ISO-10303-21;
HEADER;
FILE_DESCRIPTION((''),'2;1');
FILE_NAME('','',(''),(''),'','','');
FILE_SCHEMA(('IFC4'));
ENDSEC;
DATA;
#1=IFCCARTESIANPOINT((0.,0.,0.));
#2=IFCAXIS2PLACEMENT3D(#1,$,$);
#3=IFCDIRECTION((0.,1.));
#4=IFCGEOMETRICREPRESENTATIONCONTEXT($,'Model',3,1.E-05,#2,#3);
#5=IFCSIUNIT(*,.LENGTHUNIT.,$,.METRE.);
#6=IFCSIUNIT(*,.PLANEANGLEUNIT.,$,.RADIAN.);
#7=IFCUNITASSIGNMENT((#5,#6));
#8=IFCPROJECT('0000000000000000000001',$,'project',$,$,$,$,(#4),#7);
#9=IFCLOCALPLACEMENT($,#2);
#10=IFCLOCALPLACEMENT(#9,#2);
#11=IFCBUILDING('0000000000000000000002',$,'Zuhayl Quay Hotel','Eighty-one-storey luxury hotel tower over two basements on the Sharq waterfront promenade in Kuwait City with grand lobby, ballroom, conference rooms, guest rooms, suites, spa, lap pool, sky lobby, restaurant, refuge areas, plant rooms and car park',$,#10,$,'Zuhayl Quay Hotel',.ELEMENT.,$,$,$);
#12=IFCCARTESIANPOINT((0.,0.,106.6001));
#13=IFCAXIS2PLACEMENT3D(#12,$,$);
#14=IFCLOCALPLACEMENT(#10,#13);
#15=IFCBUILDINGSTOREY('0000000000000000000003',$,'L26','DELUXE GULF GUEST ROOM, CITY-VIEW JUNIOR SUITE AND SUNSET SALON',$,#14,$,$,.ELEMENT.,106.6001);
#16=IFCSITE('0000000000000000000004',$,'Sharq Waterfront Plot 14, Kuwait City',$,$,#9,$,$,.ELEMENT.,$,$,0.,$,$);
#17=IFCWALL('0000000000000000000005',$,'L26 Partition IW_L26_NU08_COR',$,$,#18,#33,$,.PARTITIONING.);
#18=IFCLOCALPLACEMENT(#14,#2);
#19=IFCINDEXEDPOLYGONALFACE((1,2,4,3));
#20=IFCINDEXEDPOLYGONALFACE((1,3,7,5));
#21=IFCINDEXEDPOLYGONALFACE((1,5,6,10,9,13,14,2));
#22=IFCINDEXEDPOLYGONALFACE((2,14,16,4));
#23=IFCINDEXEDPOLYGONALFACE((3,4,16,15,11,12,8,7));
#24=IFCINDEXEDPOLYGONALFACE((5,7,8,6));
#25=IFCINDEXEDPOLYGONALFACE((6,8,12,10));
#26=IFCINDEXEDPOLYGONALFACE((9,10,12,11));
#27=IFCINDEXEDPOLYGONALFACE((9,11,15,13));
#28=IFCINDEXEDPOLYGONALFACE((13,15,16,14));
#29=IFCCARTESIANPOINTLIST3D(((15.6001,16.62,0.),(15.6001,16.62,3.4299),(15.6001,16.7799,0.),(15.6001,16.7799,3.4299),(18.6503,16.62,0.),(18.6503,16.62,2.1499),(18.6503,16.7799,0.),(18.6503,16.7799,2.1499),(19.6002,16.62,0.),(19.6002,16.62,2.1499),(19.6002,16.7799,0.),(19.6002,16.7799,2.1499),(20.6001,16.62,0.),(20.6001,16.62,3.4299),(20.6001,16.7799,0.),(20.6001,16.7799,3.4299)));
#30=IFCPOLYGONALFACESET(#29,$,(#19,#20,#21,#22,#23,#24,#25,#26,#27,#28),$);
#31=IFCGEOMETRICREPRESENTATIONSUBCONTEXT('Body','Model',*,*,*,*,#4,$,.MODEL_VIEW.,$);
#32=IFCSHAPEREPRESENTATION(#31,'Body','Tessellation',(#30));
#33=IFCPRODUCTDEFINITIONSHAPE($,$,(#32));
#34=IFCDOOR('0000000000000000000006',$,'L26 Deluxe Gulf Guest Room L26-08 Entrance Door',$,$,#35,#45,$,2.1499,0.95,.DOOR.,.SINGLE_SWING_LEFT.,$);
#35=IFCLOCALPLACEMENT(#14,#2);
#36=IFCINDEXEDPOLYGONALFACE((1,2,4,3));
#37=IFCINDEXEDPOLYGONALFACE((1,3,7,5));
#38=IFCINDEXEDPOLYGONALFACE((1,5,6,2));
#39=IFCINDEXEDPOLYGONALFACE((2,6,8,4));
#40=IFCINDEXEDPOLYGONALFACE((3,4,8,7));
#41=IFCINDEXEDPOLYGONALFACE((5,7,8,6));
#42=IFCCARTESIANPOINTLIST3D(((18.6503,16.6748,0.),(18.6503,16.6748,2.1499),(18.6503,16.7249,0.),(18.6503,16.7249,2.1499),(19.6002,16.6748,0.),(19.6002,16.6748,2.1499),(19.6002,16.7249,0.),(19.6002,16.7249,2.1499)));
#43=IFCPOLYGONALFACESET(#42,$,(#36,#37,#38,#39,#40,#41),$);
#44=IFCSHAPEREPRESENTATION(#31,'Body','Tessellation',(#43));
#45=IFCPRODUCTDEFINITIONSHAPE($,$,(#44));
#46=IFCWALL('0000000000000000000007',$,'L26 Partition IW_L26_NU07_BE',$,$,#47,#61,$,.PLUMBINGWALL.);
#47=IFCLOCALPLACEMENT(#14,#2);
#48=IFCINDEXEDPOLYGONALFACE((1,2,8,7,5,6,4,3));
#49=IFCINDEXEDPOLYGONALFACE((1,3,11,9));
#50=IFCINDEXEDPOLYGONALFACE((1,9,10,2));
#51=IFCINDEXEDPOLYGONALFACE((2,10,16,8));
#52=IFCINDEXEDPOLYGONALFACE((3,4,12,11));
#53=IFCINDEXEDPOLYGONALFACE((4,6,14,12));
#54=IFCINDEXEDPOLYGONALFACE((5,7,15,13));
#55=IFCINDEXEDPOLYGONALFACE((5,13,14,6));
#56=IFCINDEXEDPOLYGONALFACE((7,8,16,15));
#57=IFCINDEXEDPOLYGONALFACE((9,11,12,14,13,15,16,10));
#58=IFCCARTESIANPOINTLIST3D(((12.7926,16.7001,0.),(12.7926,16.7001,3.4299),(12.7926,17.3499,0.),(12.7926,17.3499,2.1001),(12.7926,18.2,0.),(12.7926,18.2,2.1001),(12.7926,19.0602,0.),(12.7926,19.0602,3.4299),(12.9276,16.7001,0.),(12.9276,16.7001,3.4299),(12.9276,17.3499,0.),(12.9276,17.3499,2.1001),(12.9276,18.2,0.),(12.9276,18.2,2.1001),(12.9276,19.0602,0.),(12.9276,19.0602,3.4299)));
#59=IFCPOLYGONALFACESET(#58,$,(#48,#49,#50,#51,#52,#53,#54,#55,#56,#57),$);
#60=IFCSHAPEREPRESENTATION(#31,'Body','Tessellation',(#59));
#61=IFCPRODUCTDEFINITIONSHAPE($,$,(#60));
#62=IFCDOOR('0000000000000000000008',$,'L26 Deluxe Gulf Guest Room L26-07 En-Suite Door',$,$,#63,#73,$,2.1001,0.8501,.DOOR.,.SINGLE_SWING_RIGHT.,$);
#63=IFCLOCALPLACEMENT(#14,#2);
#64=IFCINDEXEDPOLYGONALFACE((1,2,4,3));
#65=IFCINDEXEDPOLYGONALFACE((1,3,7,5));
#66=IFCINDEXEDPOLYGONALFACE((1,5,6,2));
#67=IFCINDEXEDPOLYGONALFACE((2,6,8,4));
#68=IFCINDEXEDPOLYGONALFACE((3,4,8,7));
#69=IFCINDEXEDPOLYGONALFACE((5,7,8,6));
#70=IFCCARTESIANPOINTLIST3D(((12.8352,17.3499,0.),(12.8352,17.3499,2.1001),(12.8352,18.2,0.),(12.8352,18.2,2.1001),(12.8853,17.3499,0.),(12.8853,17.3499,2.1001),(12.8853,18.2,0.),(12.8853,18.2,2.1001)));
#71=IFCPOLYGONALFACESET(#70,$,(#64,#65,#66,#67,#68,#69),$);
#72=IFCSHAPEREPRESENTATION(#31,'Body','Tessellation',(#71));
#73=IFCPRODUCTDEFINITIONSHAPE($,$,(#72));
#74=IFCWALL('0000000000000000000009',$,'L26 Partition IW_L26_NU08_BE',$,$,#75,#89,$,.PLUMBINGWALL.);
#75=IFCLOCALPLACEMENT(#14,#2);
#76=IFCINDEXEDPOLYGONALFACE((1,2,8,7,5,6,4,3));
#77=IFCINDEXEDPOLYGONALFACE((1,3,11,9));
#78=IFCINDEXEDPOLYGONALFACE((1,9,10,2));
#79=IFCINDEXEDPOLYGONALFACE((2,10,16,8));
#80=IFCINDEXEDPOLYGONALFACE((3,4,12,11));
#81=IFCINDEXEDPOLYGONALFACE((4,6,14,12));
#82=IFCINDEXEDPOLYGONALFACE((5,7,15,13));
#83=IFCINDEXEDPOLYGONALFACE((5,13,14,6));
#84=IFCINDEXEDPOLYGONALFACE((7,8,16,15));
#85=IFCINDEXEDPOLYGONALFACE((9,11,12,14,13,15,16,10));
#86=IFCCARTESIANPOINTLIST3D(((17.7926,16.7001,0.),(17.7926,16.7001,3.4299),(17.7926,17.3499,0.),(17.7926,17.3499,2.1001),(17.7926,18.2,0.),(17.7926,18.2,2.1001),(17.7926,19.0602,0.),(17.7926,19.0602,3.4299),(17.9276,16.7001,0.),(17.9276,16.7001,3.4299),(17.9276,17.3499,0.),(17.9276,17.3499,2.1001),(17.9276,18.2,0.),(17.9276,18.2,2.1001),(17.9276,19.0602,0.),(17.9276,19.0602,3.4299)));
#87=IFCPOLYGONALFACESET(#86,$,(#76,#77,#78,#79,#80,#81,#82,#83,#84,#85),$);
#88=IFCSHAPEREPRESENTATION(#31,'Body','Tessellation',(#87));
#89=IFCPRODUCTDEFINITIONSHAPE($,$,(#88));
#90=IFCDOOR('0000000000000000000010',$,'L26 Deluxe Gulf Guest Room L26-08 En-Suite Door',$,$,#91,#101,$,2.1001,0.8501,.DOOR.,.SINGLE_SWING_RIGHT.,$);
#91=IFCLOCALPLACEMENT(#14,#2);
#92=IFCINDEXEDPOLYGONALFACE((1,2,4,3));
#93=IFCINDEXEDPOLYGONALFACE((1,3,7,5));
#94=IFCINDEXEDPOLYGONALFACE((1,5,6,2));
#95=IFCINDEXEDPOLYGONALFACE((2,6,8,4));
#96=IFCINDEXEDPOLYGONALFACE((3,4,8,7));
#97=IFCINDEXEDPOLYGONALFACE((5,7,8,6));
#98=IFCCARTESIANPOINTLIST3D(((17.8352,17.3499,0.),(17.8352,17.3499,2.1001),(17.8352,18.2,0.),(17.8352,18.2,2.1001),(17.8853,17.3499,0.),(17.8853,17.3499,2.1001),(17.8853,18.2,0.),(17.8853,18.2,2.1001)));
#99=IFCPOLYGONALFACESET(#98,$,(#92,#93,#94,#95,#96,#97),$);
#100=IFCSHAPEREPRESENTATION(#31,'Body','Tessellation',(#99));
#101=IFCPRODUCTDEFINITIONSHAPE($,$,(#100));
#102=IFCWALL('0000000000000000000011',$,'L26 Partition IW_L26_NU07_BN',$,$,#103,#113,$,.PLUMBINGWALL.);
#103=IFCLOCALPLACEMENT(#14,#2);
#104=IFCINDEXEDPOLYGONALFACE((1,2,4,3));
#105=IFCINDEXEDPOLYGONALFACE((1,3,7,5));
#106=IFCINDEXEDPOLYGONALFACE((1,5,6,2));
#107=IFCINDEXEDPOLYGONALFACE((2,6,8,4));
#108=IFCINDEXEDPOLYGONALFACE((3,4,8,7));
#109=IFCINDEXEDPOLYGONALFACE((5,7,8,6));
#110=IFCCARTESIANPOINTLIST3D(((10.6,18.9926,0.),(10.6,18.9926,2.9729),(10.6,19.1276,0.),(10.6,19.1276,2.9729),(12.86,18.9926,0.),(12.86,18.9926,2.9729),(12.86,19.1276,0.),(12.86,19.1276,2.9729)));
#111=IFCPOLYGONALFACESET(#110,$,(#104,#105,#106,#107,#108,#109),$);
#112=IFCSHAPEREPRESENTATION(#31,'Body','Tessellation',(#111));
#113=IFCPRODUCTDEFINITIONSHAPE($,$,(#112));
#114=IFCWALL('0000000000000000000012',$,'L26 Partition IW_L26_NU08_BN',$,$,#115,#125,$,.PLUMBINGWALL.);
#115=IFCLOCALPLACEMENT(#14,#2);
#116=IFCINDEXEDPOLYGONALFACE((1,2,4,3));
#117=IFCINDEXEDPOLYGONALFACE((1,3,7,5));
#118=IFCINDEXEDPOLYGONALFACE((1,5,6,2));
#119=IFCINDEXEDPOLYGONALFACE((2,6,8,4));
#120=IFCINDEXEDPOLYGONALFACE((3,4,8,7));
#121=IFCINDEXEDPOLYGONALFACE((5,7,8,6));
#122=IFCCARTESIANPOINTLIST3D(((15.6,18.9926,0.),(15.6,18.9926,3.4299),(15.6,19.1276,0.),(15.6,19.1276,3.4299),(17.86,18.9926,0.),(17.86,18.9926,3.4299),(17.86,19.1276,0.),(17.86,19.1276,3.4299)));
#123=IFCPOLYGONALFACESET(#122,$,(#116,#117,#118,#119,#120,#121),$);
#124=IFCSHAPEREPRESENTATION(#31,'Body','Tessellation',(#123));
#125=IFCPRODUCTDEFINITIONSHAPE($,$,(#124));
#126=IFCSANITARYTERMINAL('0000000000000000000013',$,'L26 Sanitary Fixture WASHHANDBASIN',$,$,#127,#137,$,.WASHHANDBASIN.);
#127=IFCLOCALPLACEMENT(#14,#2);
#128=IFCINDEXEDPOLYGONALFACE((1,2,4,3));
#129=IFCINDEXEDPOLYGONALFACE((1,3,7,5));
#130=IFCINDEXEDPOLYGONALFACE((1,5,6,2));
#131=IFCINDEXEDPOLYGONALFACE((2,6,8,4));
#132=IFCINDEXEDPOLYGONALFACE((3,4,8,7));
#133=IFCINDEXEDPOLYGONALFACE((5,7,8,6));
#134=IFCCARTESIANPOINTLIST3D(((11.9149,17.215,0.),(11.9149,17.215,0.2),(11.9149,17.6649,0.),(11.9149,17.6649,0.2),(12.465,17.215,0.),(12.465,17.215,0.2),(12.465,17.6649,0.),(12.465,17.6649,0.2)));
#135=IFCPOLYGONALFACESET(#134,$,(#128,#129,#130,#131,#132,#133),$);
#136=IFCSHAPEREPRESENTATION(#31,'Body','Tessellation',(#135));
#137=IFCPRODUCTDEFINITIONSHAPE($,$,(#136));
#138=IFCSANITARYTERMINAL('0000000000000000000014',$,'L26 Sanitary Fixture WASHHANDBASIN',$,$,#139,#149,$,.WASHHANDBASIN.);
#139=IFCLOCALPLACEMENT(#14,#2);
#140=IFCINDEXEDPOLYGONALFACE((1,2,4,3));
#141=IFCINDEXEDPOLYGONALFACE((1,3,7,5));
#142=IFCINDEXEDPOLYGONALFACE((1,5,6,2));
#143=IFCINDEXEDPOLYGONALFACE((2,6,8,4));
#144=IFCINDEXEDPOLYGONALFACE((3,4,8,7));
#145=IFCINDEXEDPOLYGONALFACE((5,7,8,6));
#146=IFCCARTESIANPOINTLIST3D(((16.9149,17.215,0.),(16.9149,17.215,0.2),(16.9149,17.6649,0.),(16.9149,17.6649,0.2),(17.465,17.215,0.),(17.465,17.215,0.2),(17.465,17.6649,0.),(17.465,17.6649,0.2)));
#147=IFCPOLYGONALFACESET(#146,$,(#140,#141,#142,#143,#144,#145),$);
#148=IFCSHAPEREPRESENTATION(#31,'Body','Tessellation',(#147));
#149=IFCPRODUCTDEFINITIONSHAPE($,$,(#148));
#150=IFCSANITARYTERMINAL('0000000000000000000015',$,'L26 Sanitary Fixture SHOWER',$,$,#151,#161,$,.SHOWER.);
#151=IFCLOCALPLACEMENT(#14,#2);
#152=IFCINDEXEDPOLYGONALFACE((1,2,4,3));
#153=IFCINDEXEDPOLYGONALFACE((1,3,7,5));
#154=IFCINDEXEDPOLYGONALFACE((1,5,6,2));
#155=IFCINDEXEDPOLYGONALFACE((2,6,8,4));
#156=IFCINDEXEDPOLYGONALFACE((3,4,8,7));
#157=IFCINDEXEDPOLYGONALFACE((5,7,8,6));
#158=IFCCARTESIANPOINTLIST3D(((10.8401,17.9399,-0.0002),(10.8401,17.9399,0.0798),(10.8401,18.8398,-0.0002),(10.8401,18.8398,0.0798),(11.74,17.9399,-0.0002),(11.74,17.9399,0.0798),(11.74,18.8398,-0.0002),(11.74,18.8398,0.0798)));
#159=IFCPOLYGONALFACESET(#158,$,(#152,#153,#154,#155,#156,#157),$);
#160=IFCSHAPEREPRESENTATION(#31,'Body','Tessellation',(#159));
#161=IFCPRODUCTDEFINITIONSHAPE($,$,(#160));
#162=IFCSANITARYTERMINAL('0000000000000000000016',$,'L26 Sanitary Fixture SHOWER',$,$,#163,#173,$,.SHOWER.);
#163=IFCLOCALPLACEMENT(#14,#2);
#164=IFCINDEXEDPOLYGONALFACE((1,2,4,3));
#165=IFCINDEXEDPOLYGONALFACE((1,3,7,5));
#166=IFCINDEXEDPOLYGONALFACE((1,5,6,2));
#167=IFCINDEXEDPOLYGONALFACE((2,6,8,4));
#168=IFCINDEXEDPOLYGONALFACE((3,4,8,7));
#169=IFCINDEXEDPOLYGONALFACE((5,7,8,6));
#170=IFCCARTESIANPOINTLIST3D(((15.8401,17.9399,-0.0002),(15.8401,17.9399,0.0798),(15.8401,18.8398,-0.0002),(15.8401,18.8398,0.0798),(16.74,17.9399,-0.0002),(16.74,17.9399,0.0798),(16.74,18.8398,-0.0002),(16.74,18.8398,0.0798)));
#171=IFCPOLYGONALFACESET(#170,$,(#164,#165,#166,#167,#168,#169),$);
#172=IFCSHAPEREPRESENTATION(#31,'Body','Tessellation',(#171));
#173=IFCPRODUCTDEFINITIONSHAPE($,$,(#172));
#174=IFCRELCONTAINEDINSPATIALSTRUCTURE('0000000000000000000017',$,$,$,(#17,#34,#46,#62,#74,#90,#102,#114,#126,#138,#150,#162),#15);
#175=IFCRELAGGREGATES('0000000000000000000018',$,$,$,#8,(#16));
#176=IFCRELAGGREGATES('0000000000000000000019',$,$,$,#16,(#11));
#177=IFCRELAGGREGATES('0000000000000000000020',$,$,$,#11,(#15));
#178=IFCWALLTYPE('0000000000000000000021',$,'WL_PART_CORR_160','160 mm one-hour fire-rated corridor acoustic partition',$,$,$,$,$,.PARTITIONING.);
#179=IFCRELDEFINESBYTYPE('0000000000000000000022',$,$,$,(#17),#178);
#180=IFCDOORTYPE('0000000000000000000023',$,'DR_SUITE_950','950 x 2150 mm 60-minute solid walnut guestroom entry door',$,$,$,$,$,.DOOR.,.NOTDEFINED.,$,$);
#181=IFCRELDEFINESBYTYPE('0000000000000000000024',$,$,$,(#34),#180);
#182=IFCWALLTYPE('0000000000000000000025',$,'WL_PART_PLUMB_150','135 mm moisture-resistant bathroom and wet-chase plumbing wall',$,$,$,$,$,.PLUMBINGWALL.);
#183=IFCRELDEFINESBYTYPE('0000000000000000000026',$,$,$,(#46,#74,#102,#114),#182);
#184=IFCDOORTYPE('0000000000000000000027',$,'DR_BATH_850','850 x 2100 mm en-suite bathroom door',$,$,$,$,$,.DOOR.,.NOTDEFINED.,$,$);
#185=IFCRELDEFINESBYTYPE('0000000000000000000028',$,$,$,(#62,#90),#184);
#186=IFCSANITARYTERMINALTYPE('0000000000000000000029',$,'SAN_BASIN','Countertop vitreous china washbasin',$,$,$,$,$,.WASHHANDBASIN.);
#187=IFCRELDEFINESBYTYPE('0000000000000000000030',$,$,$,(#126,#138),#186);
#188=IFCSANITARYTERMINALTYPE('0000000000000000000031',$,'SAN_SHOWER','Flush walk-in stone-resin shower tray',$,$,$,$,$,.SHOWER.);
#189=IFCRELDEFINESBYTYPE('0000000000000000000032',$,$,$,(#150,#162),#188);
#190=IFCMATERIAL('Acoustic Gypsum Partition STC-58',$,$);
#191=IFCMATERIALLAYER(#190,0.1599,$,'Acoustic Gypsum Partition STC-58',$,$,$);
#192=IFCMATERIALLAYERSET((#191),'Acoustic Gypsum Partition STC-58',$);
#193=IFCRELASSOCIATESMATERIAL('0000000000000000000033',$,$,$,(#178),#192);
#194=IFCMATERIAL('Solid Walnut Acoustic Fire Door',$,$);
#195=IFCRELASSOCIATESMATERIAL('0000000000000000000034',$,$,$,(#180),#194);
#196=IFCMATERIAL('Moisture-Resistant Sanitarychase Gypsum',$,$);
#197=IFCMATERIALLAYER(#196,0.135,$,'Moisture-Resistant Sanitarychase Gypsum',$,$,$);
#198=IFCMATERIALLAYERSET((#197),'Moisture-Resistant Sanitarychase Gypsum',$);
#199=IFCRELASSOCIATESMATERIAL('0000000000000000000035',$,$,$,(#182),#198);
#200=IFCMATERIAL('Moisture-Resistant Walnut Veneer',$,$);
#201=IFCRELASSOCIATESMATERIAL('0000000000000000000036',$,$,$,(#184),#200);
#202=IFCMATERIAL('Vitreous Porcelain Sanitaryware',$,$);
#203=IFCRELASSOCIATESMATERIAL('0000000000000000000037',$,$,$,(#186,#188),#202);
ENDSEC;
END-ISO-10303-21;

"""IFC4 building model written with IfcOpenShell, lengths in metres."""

from ifc_helpers import new_model, si_unit, direction, frame, frame_2d, origin, origin_2d, place, context, subcontext, project, spatial, rectangle, extrude, material, layer, layer_set, type_object, element, fill, save


model = new_model("IFC4")

# Units and contexts
model_context = context("Model", 3, precision=1e-05, world=origin(), true_north=direction((0.0, 1.0)))
body_context = subcontext(model_context, "Body", "Model", "MODEL_VIEW")
ifc_project = project(units=[si_unit("LENGTHUNIT", "METRE"), si_unit("PLANEANGLEUNIT", "RADIAN")], contexts=[model_context])

# Site, building, storey
site_placement = place(None, origin())
site = spatial("IfcSite", under=ifc_project, at=site_placement, Name="Sharq Waterfront Plot 14, Kuwait City", CompositionType="ELEMENT", RefElevation=0.0)
building_placement = place(site_placement, origin())
building = spatial("IfcBuilding", under=site, at=building_placement, Name="Zuhayl Quay Hotel", Description="Eighty-one-storey luxury hotel tower over two basements on the Sharq waterfront promenade in Kuwait City with grand lobby, ballroom, conference rooms, guest rooms, suites, spa, lap pool, sky lobby, restaurant, refuge areas, plant rooms and car park", LongName="Zuhayl Quay Hotel", CompositionType="ELEMENT")
storey_placement = place(building_placement, frame((0.0, 0.0, 106.6001)))
storey = spatial("IfcBuildingStorey", under=building, at=storey_placement, Name="L26", Description="DELUXE GULF GUEST ROOM, CITY-VIEW JUNIOR SUITE AND SUNSET SALON", CompositionType="ELEMENT", Elevation=106.6001)

# Shared definitions
ifc_material_1 = material(Name="Acoustic Gypsum Partition STC-58")

# Walls, openings, doors
ifc_layer_1 = layer(ifc_material_1, 0.1599, Name="Acoustic Gypsum Partition STC-58")
ifc_layer_set_1 = layer_set([ifc_layer_1], Name="Acoustic Gypsum Partition STC-58")
wall_type_1 = type_object("IfcWallType", Name="WL_PART_CORR_160", Description="160 mm one-hour fire-rated corridor acoustic partition", PredefinedType="PARTITIONING", material=ifc_layer_set_1)
wall_1_placement = place(storey_placement, frame((15.6001, 16.7, 0.0), z_axis=(0.0, 0.0, 1.0), x_axis=(1.0, 0.0, 0.0)))
wall_1 = element("IfcWall", 1, at=wall_1_placement, inside=storey, type_object=wall_type_1, Name="L26 Partition IW_L26_NU08_COR", PredefinedType="PARTITIONING", context=body_context, shape_type="SweptSolid", body=[
    extrude(rectangle(XDim=5.0, YDim=0.1599, at=frame_2d((2.5, 0.0))), origin(), (0.0, 0.0, 1.0), 3.4299),
])
opening_1_placement = place(wall_1_placement, frame((3.05, 0.0, 0.0)))
opening_1 = element("IfcOpeningElement", 2, at=opening_1_placement, cuts=wall_1, PredefinedType="OPENING", context=body_context, shape_type="SweptSolid", body=[
    extrude(rectangle(XDim=0.95, YDim=2.1499, at=frame_2d((0.4751, 1.075))), frame((0.0, 0.0898, 0.0), z_axis=(0.0, -1.0, 0.0), x_axis=(1.0, 0.0, 0.0)), (0.0, 0.0, 1.0), 0.1799),
])
ifc_material_2 = material(Name="Solid Walnut Acoustic Fire Door")
door_type_1 = type_object("IfcDoorType", Name="DR_SUITE_950", Description="950 x 2150 mm 60-minute solid walnut guestroom entry door", OperationType="NOTDEFINED", PredefinedType="DOOR", material=ifc_material_2)
door_1_placement = place(opening_1_placement, origin())
door_1 = element("IfcDoor", 3, at=door_1_placement, inside=storey, type_object=door_type_1, Name="L26 Deluxe Gulf Guest Room L26-08 Entrance Door", OperationType="SINGLE_SWING_LEFT", OverallHeight=2.1499, OverallWidth=0.95, PredefinedType="DOOR", context=body_context, shape_type="SweptSolid", body=[
    extrude(rectangle(XDim=0.95, YDim=2.1499, at=frame_2d((0.4751, 1.075))), frame((0.0, 0.0249, 0.0), z_axis=(0.0, -1.0, 0.0), x_axis=(1.0, 0.0, 0.0)), (0.0, 0.0, 1.0), 0.05),
])
fill(opening_1, door_1)
ifc_material_3 = material(Name="Moisture-Resistant Sanitarychase Gypsum")
ifc_layer_2 = layer(ifc_material_3, 0.135, Name="Moisture-Resistant Sanitarychase Gypsum")
ifc_layer_set_2 = layer_set([ifc_layer_2], Name="Moisture-Resistant Sanitarychase Gypsum")
wall_type_2 = type_object("IfcWallType", Name="WL_PART_PLUMB_150", Description="135 mm moisture-resistant bathroom and wet-chase plumbing wall", PredefinedType="PLUMBINGWALL", material=ifc_layer_set_2)
wall_2_placement = place(storey_placement, frame((12.8601, 16.7, 0.0), z_axis=(0.0, 0.0, 1.0), x_axis=(0.0, 1.0, 0.0)))
wall_2 = element("IfcWall", 4, at=wall_2_placement, inside=storey, type_object=wall_type_2, Name="L26 Partition IW_L26_NU07_BE", PredefinedType="PLUMBINGWALL", context=body_context, shape_type="SweptSolid", body=[
    extrude(rectangle(XDim=2.3601, YDim=0.135, at=frame_2d((1.1802, 0.0))), origin(), (0.0, 0.0, 1.0), 3.4299),
])
opening_2_placement = place(wall_2_placement, frame((0.6499, 0.0, 0.0)))
opening_2 = element("IfcOpeningElement", 5, at=opening_2_placement, cuts=wall_2, PredefinedType="OPENING", context=body_context, shape_type="SweptSolid", body=[
    extrude(rectangle(XDim=0.8501, YDim=2.1001, at=frame_2d((0.425, 1.05))), frame((0.0, 0.0774, 0.0), z_axis=(0.0, -1.0, 0.0), x_axis=(1.0, 0.0, 0.0)), (0.0, 0.0, 1.0), 0.155),
])
ifc_material_4 = material(Name="Moisture-Resistant Walnut Veneer")
door_type_2 = type_object("IfcDoorType", Name="DR_BATH_850", Description="850 x 2100 mm en-suite bathroom door", OperationType="NOTDEFINED", PredefinedType="DOOR", material=ifc_material_4)
door_2_placement = place(opening_2_placement, origin())
door_2 = element("IfcDoor", 6, at=door_2_placement, inside=storey, type_object=door_type_2, Name="L26 Deluxe Gulf Guest Room L26-07 En-Suite Door", OperationType="SINGLE_SWING_RIGHT", OverallHeight=2.1001, OverallWidth=0.8501, PredefinedType="DOOR", context=body_context, shape_type="SweptSolid", body=[
    extrude(rectangle(XDim=0.8501, YDim=2.1001, at=frame_2d((0.425, 1.05))), frame((0.0, 0.0249, 0.0), z_axis=(0.0, -1.0, 0.0), x_axis=(1.0, 0.0, 0.0)), (0.0, 0.0, 1.0), 0.05),
])
fill(opening_2, door_2)
wall_3_placement = place(storey_placement, frame((17.8601, 16.7, 0.0), z_axis=(0.0, 0.0, 1.0), x_axis=(0.0, 1.0, 0.0)))
wall_3 = element("IfcWall", 7, at=wall_3_placement, inside=storey, type_object=wall_type_2, Name="L26 Partition IW_L26_NU08_BE", PredefinedType="PLUMBINGWALL", context=body_context, shape_type="SweptSolid", body=[
    extrude(rectangle(XDim=2.3601, YDim=0.135, at=frame_2d((1.1802, 0.0))), origin(), (0.0, 0.0, 1.0), 3.4299),
])
opening_3_placement = place(wall_3_placement, frame((0.6499, 0.0, 0.0)))
opening_3 = element("IfcOpeningElement", 8, at=opening_3_placement, cuts=wall_3, PredefinedType="OPENING", context=body_context, shape_type="SweptSolid", body=[
    extrude(rectangle(XDim=0.8501, YDim=2.1001, at=frame_2d((0.425, 1.05))), frame((0.0, 0.0774, 0.0), z_axis=(0.0, -1.0, 0.0), x_axis=(1.0, 0.0, 0.0)), (0.0, 0.0, 1.0), 0.155),
])
door_3_placement = place(opening_3_placement, origin())
door_3 = element("IfcDoor", 9, at=door_3_placement, inside=storey, type_object=door_type_2, Name="L26 Deluxe Gulf Guest Room L26-08 En-Suite Door", OperationType="SINGLE_SWING_RIGHT", OverallHeight=2.1001, OverallWidth=0.8501, PredefinedType="DOOR", context=body_context, shape_type="SweptSolid", body=[
    extrude(rectangle(XDim=0.8501, YDim=2.1001, at=frame_2d((0.425, 1.05))), frame((0.0, 0.0249, 0.0), z_axis=(0.0, -1.0, 0.0), x_axis=(1.0, 0.0, 0.0)), (0.0, 0.0, 1.0), 0.05),
])
fill(opening_3, door_3)

# Walls
wall_4_placement = place(storey_placement, frame((10.6001, 19.0601, 0.0), z_axis=(0.0, 0.0, 1.0), x_axis=(1.0, 0.0, 0.0)))
element("IfcWall", 10, at=wall_4_placement, inside=storey, type_object=wall_type_2, Name="L26 Partition IW_L26_NU07_BN", PredefinedType="PLUMBINGWALL", context=body_context, shape_type="SweptSolid", body=[
    extrude(rectangle(XDim=2.26, YDim=0.135, at=frame_2d((1.1299, 0.0))), origin(), (0.0, 0.0, 1.0), 2.9729),
])
wall_5_placement = place(storey_placement, frame((15.6001, 19.0601, 0.0), z_axis=(0.0, 0.0, 1.0), x_axis=(1.0, 0.0, 0.0)))
element("IfcWall", 11, at=wall_5_placement, inside=storey, type_object=wall_type_2, Name="L26 Partition IW_L26_NU08_BN", PredefinedType="PLUMBINGWALL", context=body_context, shape_type="SweptSolid", body=[
    extrude(rectangle(XDim=2.26, YDim=0.135, at=frame_2d((1.1299, 0.0))), origin(), (0.0, 0.0, 1.0), 3.4299),
])

# Sanitary terminals
ifc_material_5 = material(Name="Vitreous Porcelain Sanitaryware")
sanitary_terminal_type_1 = type_object("IfcSanitaryTerminalType", Name="SAN_BASIN", Description="Countertop vitreous china washbasin", PredefinedType="WASHHANDBASIN", material=ifc_material_5)
for number, where, z_axis, x_axis, name in (
    (12, (12.1899, 17.4399, 0.0), (0.0, 0.0, 1.0), (1.0, 0.0, 0.0), "L26 Sanitary Fixture WASHHANDBASIN"),
    (13, (17.1899, 17.4399, 0.0), (0.0, 0.0, 1.0), (1.0, 0.0, 0.0), "L26 Sanitary Fixture WASHHANDBASIN"),
):
    element("IfcSanitaryTerminal", number, at=place(storey_placement, frame(where, z_axis=z_axis, x_axis=x_axis)), inside=storey, type_object=sanitary_terminal_type_1, Name=name, PredefinedType="WASHHANDBASIN", context=body_context, shape_type="SweptSolid", body=[
        extrude(rectangle(XDim=0.55, YDim=0.45, at=origin_2d()), origin(), (0.0, 0.0, 1.0), 0.2),
    ])
sanitary_terminal_type_2 = type_object("IfcSanitaryTerminalType", Name="SAN_SHOWER", Description="Flush walk-in stone-resin shower tray", PredefinedType="SHOWER", material=ifc_material_5)
for number, where, z_axis, x_axis, name in (
    (14, (11.29, 18.3899, -0.0002), (0.0, 0.0, 1.0), (1.0, 0.0, 0.0), "L26 Sanitary Fixture SHOWER"),
    (15, (16.29, 18.3899, -0.0002), (0.0, 0.0, 1.0), (1.0, 0.0, 0.0), "L26 Sanitary Fixture SHOWER"),
):
    element("IfcSanitaryTerminal", number, at=place(storey_placement, frame(where, z_axis=z_axis, x_axis=x_axis)), inside=storey, type_object=sanitary_terminal_type_2, Name=name, PredefinedType="SHOWER", context=body_context, shape_type="SweptSolid", body=[
        extrude(rectangle(XDim=0.8999, YDim=0.8999, at=origin_2d()), origin(), (0.0, 0.0, 1.0), 0.0801),
    ])

save(model, "model.ifc")
